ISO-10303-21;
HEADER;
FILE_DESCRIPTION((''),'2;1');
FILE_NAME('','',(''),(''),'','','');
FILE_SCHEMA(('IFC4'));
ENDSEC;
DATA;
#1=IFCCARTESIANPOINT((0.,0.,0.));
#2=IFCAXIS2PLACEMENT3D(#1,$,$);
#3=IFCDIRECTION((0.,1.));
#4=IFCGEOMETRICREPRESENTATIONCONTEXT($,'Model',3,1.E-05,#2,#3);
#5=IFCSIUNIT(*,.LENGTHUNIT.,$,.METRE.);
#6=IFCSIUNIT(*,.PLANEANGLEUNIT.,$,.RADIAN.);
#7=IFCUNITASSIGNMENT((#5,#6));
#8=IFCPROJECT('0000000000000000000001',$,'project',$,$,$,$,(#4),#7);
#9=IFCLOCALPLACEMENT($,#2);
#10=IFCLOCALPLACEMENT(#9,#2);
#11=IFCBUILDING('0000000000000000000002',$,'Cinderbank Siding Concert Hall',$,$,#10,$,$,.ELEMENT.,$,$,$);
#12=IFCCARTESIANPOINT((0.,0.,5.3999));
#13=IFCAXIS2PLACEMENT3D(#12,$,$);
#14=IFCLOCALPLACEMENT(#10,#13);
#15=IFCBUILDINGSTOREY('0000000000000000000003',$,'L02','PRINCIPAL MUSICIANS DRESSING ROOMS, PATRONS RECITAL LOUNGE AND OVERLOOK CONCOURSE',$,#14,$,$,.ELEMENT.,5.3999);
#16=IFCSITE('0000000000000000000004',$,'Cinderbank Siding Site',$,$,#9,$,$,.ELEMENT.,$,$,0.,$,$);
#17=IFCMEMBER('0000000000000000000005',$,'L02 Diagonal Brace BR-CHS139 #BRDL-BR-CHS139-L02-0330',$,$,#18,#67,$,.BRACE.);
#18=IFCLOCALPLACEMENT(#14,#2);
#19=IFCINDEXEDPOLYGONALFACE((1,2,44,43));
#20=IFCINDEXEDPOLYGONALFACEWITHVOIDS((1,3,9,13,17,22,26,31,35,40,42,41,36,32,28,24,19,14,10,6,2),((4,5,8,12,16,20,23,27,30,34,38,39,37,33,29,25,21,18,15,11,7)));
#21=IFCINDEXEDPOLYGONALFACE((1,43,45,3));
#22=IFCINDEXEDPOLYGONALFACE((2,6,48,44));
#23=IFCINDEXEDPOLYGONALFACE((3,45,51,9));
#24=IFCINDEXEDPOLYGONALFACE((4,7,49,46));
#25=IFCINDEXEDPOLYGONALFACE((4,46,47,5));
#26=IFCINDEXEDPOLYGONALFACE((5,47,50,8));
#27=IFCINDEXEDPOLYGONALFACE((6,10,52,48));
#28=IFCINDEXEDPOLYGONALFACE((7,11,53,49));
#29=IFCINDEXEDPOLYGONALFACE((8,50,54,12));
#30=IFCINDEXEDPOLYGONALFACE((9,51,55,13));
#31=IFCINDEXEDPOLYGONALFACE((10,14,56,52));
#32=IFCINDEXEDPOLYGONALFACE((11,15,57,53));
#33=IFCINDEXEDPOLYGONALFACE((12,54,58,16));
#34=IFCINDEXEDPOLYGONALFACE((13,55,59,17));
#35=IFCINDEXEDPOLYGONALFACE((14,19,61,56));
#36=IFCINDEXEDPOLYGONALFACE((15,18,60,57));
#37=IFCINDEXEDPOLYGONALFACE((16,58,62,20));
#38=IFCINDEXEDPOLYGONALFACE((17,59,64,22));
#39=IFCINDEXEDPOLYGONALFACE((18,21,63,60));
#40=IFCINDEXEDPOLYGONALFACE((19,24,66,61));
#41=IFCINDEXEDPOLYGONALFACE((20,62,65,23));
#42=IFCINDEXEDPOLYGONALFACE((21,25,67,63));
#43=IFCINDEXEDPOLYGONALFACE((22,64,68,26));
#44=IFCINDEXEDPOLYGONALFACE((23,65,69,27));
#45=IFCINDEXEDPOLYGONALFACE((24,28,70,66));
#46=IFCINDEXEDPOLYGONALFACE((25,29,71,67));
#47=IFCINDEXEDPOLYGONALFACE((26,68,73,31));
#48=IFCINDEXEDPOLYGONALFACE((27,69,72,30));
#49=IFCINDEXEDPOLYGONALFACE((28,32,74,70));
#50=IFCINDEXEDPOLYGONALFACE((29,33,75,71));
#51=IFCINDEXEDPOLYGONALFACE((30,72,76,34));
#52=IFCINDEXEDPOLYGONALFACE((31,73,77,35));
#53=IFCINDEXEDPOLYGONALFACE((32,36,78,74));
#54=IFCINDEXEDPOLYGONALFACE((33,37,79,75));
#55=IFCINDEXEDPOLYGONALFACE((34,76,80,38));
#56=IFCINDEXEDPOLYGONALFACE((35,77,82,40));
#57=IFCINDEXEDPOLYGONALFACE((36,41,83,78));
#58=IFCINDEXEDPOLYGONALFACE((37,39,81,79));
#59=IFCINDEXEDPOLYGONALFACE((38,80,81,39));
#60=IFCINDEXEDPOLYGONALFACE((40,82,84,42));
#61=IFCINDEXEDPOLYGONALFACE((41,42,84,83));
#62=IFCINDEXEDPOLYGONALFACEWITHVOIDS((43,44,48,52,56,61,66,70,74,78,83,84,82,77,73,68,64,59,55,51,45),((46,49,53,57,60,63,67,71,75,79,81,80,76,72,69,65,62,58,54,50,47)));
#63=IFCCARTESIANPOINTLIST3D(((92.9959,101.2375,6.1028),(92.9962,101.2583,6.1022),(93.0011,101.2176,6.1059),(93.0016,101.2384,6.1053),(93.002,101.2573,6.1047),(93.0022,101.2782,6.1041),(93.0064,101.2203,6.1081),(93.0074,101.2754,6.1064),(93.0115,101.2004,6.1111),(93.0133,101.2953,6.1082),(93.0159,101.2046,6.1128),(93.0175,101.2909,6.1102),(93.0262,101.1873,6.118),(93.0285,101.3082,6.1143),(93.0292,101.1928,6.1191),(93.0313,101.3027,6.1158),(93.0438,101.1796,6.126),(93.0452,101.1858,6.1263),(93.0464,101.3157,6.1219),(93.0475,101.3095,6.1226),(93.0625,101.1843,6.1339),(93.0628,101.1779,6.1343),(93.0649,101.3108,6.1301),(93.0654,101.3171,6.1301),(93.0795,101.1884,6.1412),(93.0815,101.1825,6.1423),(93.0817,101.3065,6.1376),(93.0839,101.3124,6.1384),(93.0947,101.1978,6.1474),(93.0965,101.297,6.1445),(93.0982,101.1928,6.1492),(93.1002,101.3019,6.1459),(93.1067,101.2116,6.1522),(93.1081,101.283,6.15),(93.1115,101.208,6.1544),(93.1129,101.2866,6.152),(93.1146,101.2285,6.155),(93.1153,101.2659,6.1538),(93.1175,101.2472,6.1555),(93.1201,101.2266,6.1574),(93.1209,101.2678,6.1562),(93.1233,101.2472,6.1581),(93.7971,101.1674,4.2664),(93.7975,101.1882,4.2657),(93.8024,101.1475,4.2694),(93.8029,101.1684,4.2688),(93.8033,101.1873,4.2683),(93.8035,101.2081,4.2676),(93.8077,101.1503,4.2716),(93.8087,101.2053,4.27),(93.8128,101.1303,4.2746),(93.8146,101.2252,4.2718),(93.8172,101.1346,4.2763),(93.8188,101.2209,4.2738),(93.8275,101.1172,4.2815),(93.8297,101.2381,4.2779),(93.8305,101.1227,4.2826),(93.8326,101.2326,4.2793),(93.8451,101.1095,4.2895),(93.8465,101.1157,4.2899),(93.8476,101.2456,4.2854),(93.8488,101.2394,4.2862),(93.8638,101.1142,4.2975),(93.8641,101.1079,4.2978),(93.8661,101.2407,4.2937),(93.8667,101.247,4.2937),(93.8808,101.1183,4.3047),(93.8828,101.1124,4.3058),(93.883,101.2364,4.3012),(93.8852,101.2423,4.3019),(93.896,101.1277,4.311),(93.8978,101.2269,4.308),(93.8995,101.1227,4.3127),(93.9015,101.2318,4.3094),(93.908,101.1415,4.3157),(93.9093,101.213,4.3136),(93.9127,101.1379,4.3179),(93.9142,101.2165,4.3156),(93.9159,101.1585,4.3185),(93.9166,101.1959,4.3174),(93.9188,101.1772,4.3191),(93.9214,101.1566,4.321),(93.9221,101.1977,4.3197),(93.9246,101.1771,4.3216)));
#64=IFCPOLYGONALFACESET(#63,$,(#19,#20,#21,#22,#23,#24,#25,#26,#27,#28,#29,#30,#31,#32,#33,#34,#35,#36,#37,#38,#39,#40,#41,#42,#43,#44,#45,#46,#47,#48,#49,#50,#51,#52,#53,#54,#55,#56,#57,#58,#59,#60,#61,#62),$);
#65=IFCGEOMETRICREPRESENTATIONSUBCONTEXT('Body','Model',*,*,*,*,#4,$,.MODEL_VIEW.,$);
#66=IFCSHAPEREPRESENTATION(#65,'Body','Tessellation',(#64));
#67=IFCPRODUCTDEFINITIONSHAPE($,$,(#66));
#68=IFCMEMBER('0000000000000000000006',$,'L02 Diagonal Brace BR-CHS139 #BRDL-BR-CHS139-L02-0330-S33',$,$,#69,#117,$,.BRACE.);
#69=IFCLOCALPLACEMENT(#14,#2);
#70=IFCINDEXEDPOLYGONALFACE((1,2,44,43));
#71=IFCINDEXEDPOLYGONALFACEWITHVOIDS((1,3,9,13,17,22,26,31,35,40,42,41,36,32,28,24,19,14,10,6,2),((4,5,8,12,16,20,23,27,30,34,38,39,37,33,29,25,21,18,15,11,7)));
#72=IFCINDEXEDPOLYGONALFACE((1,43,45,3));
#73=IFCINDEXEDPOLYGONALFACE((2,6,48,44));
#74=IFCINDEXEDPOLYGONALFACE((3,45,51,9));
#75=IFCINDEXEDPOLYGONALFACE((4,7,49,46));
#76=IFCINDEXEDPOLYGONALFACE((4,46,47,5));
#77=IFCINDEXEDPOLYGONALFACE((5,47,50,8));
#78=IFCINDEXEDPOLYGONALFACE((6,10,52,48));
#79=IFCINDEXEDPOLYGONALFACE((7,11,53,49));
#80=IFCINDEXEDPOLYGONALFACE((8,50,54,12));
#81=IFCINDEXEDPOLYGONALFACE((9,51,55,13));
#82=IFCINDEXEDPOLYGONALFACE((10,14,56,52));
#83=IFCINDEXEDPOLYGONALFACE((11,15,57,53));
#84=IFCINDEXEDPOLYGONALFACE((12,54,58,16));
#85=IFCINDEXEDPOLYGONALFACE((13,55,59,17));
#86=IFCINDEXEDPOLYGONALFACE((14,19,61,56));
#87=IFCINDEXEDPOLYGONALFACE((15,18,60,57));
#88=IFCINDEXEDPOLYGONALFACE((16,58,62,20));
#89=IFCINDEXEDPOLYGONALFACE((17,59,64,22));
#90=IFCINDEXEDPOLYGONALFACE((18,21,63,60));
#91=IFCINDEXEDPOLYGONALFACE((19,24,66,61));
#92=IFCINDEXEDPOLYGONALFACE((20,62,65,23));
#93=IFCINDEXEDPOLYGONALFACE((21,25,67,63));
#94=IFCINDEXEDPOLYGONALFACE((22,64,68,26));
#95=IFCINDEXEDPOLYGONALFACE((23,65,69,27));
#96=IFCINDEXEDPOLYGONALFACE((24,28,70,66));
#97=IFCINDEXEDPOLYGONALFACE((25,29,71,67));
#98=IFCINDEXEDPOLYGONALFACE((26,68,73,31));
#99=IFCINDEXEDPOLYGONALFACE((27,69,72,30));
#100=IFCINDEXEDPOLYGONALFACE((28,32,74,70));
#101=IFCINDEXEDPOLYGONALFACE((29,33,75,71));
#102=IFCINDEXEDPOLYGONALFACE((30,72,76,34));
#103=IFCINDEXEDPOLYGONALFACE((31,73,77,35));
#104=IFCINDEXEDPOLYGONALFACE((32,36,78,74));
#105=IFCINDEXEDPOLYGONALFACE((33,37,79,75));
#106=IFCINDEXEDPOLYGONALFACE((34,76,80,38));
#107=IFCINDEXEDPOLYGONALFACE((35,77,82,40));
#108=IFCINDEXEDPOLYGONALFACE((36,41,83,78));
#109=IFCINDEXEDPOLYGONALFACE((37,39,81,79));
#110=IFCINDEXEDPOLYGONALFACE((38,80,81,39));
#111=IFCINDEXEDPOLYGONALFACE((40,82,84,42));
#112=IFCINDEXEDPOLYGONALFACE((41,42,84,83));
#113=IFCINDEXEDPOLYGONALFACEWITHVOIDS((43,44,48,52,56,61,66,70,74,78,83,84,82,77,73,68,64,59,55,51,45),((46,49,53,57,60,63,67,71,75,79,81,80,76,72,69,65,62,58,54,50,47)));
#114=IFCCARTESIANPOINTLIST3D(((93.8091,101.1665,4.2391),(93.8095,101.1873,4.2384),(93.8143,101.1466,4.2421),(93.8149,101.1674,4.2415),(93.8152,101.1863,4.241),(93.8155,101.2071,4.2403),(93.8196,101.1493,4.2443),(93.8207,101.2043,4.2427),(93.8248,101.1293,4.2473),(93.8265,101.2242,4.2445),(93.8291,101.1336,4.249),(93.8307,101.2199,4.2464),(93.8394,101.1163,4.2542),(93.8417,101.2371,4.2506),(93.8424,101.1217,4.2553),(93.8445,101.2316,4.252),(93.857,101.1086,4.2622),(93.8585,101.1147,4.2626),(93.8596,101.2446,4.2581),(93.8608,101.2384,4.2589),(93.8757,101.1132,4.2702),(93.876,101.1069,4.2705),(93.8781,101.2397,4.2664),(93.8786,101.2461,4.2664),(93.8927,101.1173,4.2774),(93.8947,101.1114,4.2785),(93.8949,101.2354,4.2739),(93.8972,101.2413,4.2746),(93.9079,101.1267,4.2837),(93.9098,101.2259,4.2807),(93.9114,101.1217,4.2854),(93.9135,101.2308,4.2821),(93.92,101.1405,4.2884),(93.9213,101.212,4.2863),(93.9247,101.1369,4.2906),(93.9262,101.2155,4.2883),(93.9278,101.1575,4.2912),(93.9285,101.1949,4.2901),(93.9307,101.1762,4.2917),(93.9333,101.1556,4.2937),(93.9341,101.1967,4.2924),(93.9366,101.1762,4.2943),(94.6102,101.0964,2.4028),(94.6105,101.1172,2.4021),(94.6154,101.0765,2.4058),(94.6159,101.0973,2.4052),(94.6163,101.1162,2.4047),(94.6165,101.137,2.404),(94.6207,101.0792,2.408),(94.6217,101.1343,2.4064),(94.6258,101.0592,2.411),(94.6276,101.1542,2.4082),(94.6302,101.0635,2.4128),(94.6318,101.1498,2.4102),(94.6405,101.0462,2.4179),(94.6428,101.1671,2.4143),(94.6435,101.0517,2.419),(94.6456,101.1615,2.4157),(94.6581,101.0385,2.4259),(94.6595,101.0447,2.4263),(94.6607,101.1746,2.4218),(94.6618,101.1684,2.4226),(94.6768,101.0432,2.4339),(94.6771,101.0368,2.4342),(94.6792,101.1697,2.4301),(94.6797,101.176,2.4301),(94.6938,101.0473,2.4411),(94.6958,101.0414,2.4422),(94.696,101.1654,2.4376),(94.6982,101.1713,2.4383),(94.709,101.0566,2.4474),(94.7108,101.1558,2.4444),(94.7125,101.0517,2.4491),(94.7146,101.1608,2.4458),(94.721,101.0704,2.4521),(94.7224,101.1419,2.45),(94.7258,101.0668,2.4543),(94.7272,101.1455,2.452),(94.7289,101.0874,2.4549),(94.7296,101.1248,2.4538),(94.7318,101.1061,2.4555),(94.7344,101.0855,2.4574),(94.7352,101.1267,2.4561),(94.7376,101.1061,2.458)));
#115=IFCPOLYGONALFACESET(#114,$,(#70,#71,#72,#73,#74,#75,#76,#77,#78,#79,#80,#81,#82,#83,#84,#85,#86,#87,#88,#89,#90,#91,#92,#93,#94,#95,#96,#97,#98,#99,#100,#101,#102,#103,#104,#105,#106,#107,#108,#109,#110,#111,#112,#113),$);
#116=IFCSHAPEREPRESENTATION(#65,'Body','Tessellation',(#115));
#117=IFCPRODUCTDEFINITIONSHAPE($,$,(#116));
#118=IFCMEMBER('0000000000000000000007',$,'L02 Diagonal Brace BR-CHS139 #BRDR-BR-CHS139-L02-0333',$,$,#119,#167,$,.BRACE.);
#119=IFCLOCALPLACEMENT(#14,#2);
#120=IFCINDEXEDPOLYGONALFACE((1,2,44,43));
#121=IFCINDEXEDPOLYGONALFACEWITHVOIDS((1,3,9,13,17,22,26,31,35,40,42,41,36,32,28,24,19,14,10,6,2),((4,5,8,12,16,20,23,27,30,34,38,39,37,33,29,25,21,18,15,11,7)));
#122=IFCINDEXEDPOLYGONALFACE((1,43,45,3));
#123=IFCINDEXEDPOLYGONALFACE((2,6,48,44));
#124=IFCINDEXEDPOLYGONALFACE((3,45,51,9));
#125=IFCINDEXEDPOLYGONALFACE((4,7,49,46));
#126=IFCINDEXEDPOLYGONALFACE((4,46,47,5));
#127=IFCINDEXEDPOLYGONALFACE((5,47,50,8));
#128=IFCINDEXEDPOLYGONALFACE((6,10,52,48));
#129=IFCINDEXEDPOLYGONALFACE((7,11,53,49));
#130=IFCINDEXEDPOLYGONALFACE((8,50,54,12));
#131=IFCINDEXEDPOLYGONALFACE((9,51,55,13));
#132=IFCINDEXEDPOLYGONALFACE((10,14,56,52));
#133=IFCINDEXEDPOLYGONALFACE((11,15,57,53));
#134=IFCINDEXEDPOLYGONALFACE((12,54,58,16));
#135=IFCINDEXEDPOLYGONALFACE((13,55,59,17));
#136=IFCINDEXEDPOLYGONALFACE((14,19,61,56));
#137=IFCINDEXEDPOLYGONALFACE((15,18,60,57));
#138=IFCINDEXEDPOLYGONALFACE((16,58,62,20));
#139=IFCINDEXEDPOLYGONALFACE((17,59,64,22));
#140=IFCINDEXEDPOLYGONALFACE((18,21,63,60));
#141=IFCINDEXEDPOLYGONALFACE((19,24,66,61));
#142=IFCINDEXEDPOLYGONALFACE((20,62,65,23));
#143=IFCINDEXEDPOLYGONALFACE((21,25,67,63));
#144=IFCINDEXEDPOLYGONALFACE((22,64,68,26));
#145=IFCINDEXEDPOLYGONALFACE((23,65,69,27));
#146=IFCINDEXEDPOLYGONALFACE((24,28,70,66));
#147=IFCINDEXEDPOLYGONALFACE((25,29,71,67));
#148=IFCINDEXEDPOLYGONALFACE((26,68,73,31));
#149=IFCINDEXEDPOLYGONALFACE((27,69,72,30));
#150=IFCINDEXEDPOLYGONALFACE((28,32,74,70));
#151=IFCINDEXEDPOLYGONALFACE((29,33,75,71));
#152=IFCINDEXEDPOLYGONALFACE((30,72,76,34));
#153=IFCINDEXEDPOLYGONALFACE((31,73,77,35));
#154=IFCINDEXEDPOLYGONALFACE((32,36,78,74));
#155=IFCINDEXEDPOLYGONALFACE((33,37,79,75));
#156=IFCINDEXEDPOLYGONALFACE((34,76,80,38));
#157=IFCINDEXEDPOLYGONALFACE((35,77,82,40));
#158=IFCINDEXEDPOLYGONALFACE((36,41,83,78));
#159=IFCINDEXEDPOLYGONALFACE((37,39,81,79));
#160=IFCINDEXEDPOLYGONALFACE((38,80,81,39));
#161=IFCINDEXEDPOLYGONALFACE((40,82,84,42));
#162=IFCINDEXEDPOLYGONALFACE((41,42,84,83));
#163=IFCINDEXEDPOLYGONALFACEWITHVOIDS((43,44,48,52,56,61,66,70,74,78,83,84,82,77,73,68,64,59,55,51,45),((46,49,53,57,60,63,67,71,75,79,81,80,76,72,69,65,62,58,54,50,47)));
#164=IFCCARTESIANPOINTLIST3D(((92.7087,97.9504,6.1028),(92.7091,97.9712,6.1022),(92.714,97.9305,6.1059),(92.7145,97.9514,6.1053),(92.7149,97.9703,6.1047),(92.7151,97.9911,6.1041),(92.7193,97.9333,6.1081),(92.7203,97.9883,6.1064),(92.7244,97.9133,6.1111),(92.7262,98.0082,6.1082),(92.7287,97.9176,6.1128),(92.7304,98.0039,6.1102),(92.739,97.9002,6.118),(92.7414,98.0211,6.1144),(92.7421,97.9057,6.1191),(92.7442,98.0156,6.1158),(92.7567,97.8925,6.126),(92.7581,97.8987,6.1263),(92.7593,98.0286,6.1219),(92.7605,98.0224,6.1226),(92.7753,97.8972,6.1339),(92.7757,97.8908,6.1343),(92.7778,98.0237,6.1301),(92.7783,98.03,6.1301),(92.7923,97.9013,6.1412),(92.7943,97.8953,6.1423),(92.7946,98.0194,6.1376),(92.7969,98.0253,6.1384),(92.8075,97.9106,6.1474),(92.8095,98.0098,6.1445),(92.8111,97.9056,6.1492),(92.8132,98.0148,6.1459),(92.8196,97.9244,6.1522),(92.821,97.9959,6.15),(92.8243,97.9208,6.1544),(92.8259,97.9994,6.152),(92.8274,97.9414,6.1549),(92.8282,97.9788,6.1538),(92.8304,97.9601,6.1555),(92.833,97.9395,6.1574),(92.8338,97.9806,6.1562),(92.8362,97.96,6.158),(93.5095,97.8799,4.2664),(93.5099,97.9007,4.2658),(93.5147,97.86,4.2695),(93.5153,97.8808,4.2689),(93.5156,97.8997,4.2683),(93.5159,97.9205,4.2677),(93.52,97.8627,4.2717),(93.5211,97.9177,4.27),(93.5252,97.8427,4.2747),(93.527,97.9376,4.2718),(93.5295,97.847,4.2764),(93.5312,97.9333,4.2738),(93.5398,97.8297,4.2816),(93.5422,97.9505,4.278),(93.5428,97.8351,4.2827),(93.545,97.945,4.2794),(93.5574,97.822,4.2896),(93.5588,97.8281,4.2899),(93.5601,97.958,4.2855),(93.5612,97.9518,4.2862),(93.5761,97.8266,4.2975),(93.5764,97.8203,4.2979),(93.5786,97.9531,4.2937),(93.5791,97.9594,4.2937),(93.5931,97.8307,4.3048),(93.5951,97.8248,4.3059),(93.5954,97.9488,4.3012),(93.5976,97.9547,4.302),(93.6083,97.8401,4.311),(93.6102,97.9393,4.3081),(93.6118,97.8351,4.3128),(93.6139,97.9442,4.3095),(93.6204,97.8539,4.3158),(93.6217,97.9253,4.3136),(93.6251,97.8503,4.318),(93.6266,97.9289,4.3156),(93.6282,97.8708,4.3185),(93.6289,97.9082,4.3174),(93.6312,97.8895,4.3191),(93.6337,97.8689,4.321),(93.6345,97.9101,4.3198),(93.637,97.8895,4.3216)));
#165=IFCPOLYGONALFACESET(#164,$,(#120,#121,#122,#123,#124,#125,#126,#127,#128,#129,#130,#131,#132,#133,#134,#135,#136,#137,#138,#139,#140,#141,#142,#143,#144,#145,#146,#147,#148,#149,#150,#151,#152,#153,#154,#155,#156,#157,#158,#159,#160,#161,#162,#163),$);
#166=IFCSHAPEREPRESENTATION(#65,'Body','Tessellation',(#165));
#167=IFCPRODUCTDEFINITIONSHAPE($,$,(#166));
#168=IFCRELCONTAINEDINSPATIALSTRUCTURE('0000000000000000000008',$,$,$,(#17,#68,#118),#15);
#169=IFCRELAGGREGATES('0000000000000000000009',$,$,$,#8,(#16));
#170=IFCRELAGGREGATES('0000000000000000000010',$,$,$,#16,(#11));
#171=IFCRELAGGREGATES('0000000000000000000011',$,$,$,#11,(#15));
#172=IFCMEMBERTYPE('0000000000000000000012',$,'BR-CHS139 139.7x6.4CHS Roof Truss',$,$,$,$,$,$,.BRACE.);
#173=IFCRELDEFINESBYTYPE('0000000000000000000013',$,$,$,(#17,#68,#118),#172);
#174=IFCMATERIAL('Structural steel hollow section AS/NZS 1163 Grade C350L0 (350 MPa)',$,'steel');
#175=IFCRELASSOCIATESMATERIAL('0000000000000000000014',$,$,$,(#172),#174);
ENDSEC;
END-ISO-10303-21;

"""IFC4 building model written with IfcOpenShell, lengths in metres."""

from ifc_helpers import new_model, si_unit, direction, frame, origin, origin_2d, place, context, subcontext, project, spatial, hollow_circle, extrude, material, material_profile, profile_set, type_object, element, save


model = new_model("IFC4")

# Units and contexts
model_context = context("Model", 3, precision=1e-05, world=origin(), true_north=direction((0.0, 1.0)))
body_context = subcontext(model_context, "Body", "Model", "MODEL_VIEW")
ifc_project = project(units=[si_unit("LENGTHUNIT", "METRE"), si_unit("PLANEANGLEUNIT", "RADIAN")], contexts=[model_context])

# Site, building, storey
site_placement = place(None, origin())
site = spatial("IfcSite", under=ifc_project, at=site_placement, Name="Cinderbank Siding Site", CompositionType="ELEMENT", RefElevation=0.0)
building_placement = place(site_placement, origin())
building = spatial("IfcBuilding", under=site, at=building_placement, Name="Cinderbank Siding Concert Hall", CompositionType="ELEMENT")
storey_placement = place(building_placement, frame((0.0, 0.0, 5.3999)))
storey = spatial("IfcBuildingStorey", under=building, at=storey_placement, Name="L02", Description="PRINCIPAL MUSICIANS DRESSING ROOMS, PATRONS RECITAL LOUNGE AND OVERLOOK CONCOURSE", CompositionType="ELEMENT", Elevation=5.3999)

# Members
ifc_material_1 = material(Name="Structural steel hollow section AS/NZS 1163 Grade C350L0 (350 MPa)", Category="steel")
ifc_material_profile_1 = material_profile(ifc_material_1, hollow_circle(Radius=0.0698, WallThickness=0.0063, at=origin_2d()), Name="139.7x6.4CHS", Category="LoadBearing")
ifc_profile_set_1 = profile_set([ifc_material_profile_1], Name="Structural steel hollow section AS/NZS 1163 Grade C350L0 (350 MPa)")
member_type_1 = type_object("IfcMemberType", Name="BR-CHS139 139.7x6.4CHS Roof Truss", PredefinedType="BRACE", material=ifc_profile_set_1)
member_1_placement = place(storey_placement, frame((93.0593, 101.2476, 6.1301), z_axis=(0.399667, -0.03495, -0.915994), x_axis=(0.087114, 0.996198, 0.0)))
element("IfcMember", 1, at=member_1_placement, inside=storey, type_object=member_type_1, Name="L02 Diagonal Brace BR-CHS139 #BRDL-BR-CHS139-L02-0330", PredefinedType="BRACE", context=body_context, shape_type="SweptSolid", body=[
    extrude(hollow_circle(Radius=0.0698, WallThickness=0.0063, at=origin_2d()), origin(), (0.0, 0.0, 1.0), 2.0049),
])
for number, where, z_axis, x_axis, name in (
    (2, (93.8726, 101.1765, 4.2664), (0.399609, -0.034955, -0.916019), (0.087141, 0.996196, 0.0), "L02 Diagonal Brace BR-CHS139 #BRDL-BR-CHS139-L02-0330-S33"),
    (3, (92.7722, 97.9604, 6.1301), (0.399459, -0.035196, -0.916075), (0.08777, 0.996141, 0.0), "L02 Diagonal Brace BR-CHS139 #BRDR-BR-CHS139-L02-0333"),
):
    element("IfcMember", number, at=place(storey_placement, frame(where, z_axis=z_axis, x_axis=x_axis)), inside=storey, type_object=member_type_1, Name=name, PredefinedType="BRACE", context=body_context, shape_type="SweptSolid", body=[
        extrude(hollow_circle(Radius=0.0698, WallThickness=0.0063, at=origin_2d()), origin(), (0.0, 0.0, 1.0), 2.0046),
    ])

save(model, "model.ifc")
